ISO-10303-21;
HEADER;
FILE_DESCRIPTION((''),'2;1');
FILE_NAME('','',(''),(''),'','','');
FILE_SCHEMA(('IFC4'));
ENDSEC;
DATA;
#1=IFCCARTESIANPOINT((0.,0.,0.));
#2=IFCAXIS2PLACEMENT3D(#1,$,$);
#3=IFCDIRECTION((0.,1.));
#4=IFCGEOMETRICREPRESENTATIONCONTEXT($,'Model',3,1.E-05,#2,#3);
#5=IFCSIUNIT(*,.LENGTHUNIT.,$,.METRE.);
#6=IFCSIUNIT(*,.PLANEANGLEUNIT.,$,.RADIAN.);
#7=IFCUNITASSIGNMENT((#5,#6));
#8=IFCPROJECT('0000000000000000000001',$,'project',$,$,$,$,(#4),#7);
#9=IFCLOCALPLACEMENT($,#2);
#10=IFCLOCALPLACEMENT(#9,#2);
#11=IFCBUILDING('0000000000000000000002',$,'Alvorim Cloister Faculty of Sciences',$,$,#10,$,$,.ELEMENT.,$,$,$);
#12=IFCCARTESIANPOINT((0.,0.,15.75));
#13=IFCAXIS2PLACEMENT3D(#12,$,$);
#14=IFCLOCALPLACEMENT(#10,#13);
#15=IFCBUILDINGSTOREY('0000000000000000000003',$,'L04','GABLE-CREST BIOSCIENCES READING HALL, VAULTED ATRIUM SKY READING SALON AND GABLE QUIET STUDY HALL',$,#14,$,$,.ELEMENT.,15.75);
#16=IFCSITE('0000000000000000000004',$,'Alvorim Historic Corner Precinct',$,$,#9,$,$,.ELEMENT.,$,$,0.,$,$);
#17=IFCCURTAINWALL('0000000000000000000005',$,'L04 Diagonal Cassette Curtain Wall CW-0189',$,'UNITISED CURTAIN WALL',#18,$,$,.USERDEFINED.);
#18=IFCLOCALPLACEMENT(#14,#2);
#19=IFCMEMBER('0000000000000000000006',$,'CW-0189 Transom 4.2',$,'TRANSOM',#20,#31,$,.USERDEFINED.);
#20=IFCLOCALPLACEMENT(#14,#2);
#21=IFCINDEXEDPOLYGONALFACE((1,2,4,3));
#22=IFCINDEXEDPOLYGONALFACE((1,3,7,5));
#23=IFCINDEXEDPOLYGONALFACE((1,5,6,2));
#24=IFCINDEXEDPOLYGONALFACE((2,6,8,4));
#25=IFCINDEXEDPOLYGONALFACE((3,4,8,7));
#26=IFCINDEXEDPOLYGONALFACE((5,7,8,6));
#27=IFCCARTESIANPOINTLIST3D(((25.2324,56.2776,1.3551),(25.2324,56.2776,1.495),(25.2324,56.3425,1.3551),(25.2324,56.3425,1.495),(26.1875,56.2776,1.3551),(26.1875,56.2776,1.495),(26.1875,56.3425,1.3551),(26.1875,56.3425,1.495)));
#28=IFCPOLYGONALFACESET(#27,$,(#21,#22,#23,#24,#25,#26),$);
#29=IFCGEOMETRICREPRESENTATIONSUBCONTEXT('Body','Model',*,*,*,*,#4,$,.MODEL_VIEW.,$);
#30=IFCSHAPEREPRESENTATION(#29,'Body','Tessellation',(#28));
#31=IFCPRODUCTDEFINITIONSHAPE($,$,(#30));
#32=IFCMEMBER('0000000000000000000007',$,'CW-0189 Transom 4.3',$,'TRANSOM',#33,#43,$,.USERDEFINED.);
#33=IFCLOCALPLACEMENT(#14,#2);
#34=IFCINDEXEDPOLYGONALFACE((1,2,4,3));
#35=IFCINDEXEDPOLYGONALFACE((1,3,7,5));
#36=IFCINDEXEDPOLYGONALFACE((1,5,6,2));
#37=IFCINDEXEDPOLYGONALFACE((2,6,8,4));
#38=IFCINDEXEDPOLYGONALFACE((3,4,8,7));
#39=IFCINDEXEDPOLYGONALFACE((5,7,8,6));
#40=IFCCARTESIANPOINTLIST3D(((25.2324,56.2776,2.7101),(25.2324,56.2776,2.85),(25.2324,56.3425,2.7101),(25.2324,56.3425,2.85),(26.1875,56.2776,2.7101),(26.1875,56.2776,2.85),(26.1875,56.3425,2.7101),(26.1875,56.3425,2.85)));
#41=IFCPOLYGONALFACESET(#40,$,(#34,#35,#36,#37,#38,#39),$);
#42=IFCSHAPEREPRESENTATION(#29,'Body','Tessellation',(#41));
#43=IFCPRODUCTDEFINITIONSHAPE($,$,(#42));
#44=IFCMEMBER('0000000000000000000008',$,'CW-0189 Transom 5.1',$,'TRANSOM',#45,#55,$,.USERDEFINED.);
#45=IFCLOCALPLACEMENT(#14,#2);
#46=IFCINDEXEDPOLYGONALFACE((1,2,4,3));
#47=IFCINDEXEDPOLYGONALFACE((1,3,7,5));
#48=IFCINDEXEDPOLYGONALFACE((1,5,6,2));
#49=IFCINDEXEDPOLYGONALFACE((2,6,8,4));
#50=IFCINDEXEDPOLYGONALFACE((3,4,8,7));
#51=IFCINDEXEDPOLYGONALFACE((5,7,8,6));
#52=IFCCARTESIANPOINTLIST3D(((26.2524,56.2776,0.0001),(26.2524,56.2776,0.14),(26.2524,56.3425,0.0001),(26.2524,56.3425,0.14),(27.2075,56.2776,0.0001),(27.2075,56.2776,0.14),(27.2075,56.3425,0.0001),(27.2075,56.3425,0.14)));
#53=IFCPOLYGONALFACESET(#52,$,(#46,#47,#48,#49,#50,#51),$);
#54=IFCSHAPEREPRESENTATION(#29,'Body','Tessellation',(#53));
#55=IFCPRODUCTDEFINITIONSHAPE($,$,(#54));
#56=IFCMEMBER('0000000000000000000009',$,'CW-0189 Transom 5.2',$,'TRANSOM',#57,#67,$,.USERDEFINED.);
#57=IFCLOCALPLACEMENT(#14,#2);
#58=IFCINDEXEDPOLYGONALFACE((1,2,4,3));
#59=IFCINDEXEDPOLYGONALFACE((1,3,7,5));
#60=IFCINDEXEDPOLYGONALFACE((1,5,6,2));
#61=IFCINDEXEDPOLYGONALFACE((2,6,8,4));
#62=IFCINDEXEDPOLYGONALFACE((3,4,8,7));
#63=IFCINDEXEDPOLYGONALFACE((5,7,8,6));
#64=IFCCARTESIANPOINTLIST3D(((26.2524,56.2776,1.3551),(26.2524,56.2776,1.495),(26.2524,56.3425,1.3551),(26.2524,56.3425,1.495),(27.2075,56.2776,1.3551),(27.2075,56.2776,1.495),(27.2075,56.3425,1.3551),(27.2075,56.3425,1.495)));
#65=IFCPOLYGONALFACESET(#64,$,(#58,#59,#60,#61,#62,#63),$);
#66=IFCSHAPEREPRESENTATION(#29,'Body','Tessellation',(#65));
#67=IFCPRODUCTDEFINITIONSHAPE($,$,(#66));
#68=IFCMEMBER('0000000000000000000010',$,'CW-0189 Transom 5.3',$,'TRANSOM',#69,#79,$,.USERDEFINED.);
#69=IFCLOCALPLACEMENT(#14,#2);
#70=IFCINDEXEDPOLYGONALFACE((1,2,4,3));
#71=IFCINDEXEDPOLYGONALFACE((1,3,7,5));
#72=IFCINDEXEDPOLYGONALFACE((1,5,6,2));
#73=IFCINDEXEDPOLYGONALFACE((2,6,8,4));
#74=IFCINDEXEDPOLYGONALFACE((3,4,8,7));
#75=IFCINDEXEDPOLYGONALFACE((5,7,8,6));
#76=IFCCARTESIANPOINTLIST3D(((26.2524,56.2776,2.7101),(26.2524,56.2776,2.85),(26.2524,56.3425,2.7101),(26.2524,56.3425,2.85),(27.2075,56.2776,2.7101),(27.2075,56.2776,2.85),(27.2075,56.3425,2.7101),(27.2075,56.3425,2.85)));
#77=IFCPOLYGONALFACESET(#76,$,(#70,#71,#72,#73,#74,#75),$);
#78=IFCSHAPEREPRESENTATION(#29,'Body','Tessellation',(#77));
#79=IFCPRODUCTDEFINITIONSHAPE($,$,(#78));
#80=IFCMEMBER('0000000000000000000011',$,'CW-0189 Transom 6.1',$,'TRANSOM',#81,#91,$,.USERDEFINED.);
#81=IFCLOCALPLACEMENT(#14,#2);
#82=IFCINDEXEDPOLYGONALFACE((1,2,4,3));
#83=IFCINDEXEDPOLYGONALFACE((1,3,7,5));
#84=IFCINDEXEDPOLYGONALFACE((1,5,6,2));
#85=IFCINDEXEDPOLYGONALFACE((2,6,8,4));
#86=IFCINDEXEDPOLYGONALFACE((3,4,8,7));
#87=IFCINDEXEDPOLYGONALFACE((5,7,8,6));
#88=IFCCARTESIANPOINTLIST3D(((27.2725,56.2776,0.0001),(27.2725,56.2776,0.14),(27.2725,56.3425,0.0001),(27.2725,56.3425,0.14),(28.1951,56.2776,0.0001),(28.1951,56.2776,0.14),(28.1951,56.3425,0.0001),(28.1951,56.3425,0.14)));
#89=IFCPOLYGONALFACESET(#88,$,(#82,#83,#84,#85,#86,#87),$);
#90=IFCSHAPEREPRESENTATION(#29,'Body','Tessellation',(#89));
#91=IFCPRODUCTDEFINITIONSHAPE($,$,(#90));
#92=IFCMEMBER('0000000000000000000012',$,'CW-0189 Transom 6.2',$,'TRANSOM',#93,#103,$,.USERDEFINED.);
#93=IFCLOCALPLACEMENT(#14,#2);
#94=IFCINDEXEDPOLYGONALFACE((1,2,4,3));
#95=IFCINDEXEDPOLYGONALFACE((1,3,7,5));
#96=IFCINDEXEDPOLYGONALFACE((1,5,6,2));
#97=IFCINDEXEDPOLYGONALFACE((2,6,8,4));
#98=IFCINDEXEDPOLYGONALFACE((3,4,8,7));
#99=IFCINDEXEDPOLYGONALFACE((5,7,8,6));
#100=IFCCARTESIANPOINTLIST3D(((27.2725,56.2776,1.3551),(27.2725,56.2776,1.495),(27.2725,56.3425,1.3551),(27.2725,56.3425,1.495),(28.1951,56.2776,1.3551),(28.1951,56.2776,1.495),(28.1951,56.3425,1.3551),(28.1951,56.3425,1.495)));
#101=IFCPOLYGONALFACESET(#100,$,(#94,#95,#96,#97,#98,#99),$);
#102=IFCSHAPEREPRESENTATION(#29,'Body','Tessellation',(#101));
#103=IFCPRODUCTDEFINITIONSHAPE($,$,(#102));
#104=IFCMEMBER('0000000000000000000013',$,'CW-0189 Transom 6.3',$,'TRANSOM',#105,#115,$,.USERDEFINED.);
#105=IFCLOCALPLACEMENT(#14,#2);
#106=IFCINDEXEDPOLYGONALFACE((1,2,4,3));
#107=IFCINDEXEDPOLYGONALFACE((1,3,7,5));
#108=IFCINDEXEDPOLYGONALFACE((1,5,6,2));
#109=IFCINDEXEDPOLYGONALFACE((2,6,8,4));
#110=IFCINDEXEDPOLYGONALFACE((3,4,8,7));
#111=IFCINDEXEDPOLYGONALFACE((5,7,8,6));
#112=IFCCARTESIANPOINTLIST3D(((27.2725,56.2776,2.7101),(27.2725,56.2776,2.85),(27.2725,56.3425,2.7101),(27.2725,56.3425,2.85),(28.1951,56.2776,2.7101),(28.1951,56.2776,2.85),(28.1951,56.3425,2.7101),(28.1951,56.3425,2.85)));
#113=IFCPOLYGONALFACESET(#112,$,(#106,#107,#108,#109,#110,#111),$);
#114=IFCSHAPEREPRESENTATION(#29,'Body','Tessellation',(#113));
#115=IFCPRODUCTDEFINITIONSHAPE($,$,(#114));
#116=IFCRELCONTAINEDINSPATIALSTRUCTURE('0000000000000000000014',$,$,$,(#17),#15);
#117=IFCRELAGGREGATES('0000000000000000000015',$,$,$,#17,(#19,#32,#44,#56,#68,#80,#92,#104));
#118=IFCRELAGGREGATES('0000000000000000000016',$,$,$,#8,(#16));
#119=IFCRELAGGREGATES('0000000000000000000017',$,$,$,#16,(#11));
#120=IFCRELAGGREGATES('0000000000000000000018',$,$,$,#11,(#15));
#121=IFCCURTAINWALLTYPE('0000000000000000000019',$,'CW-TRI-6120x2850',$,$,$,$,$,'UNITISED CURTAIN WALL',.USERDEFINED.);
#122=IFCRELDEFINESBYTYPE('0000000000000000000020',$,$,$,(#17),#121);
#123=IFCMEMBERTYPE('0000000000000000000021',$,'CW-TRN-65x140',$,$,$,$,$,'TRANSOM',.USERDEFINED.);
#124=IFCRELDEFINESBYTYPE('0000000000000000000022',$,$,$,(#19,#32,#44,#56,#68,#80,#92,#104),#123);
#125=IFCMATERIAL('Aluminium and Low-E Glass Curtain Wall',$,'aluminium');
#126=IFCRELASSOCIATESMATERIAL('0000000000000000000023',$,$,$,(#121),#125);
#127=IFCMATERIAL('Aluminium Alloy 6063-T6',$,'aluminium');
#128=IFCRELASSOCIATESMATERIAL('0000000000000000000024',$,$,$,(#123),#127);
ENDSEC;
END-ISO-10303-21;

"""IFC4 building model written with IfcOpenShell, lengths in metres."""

from ifc_helpers import new_model, si_unit, direction, frame, origin, origin_2d, place, context, subcontext, project, spatial, rectangle, extrude, material, material_profile, profile_set, type_object, element, aggregate, save


model = new_model("IFC4")

# Units and contexts
model_context = context("Model", 3, precision=1e-05, world=origin(), true_north=direction((0.0, 1.0)))
body_context = subcontext(model_context, "Body", "Model", "MODEL_VIEW")
ifc_project = project(units=[si_unit("LENGTHUNIT", "METRE"), si_unit("PLANEANGLEUNIT", "RADIAN")], contexts=[model_context])

# Site, building, storey
site_placement = place(None, origin())
site = spatial("IfcSite", under=ifc_project, at=site_placement, Name="Alvorim Historic Corner Precinct", CompositionType="ELEMENT", RefElevation=0.0)
building_placement = place(site_placement, origin())
building = spatial("IfcBuilding", under=site, at=building_placement, Name="Alvorim Cloister Faculty of Sciences", CompositionType="ELEMENT")
storey_placement = place(building_placement, frame((0.0, 0.0, 15.75)))
storey = spatial("IfcBuildingStorey", under=building, at=storey_placement, Name="L04", Description="GABLE-CREST BIOSCIENCES READING HALL, VAULTED ATRIUM SKY READING SALON AND GABLE QUIET STUDY HALL", CompositionType="ELEMENT", Elevation=15.75)

# Curtain wall, members
ifc_material_1 = material(Name="Aluminium and Low-E Glass Curtain Wall", Category="aluminium")
curtain_wall_type = type_object("IfcCurtainWallType", Name="CW-TRI-6120x2850", ElementType="UNITISED CURTAIN WALL", PredefinedType="USERDEFINED", material=ifc_material_1)
curtain_wall_placement = place(storey_placement, origin())
curtain_wall = element("IfcCurtainWall", 1, at=curtain_wall_placement, inside=storey, type_object=curtain_wall_type, Name="L04 Diagonal Cassette Curtain Wall CW-0189", ObjectType="UNITISED CURTAIN WALL", PredefinedType="USERDEFINED")
ifc_material_2 = material(Name="Aluminium Alloy 6063-T6", Category="aluminium")
ifc_material_profile_1 = material_profile(ifc_material_2, rectangle(XDim=0.0649, YDim=0.1399, at=origin_2d()), Name="ALU-TRN-65x140")
ifc_profile_set_1 = profile_set([ifc_material_profile_1], Name="Aluminium Alloy 6063-T6")
member_type_1 = type_object("IfcMemberType", Name="CW-TRN-65x140", ElementType="TRANSOM", PredefinedType="USERDEFINED", material=ifc_profile_set_1)
member_1_placement = place(storey_placement, frame((25.2324, 56.3101, 1.425), z_axis=(1.0, 0.0, 0.0), x_axis=(0.0, 1.0, 0.0)))
member_1 = element("IfcMember", 2, at=member_1_placement, type_object=member_type_1, Name="CW-0189 Transom 4.2", ObjectType="TRANSOM", PredefinedType="USERDEFINED", context=body_context, shape_type="SweptSolid", body=[
    extrude(rectangle(XDim=0.0649, YDim=0.1399, at=origin_2d()), origin(), (0.0, 0.0, 1.0), 0.9551),
])
member_2_placement = place(storey_placement, frame((25.2324, 56.3101, 2.78), z_axis=(1.0, 0.0, 0.0), x_axis=(0.0, 1.0, 0.0)))
member_2 = element("IfcMember", 3, at=member_2_placement, type_object=member_type_1, Name="CW-0189 Transom 4.3", ObjectType="TRANSOM", PredefinedType="USERDEFINED", context=body_context, shape_type="SweptSolid", body=[
    extrude(rectangle(XDim=0.0649, YDim=0.1399, at=origin_2d()), origin(), (0.0, 0.0, 1.0), 0.9551),
])
member_3_placement = place(storey_placement, frame((26.2524, 56.3101, 0.0701), z_axis=(1.0, 0.0, 0.0), x_axis=(0.0, 1.0, 0.0)))
member_3 = element("IfcMember", 4, at=member_3_placement, type_object=member_type_1, Name="CW-0189 Transom 5.1", ObjectType="TRANSOM", PredefinedType="USERDEFINED", context=body_context, shape_type="SweptSolid", body=[
    extrude(rectangle(XDim=0.0649, YDim=0.1399, at=origin_2d()), origin(), (0.0, 0.0, 1.0), 0.9551),
])
member_4_placement = place(storey_placement, frame((26.2524, 56.3101, 1.425), z_axis=(1.0, 0.0, 0.0), x_axis=(0.0, 1.0, 0.0)))
member_4 = element("IfcMember", 5, at=member_4_placement, type_object=member_type_1, Name="CW-0189 Transom 5.2", ObjectType="TRANSOM", PredefinedType="USERDEFINED", context=body_context, shape_type="SweptSolid", body=[
    extrude(rectangle(XDim=0.0649, YDim=0.1399, at=origin_2d()), origin(), (0.0, 0.0, 1.0), 0.9551),
])
member_5_placement = place(storey_placement, frame((26.2524, 56.3101, 2.78), z_axis=(1.0, 0.0, 0.0), x_axis=(0.0, 1.0, 0.0)))
member_5 = element("IfcMember", 6, at=member_5_placement, type_object=member_type_1, Name="CW-0189 Transom 5.3", ObjectType="TRANSOM", PredefinedType="USERDEFINED", context=body_context, shape_type="SweptSolid", body=[
    extrude(rectangle(XDim=0.0649, YDim=0.1399, at=origin_2d()), origin(), (0.0, 0.0, 1.0), 0.9551),
])
member_6_placement = place(storey_placement, frame((27.2725, 56.3101, 0.0701), z_axis=(1.0, 0.0, 0.0), x_axis=(0.0, 1.0, 0.0)))
member_6 = element("IfcMember", 7, at=member_6_placement, type_object=member_type_1, Name="CW-0189 Transom 6.1", ObjectType="TRANSOM", PredefinedType="USERDEFINED", context=body_context, shape_type="SweptSolid", body=[
    extrude(rectangle(XDim=0.0649, YDim=0.1399, at=origin_2d()), origin(), (0.0, 0.0, 1.0), 0.9226),
])
member_7_placement = place(storey_placement, frame((27.2725, 56.3101, 1.425), z_axis=(1.0, 0.0, 0.0), x_axis=(0.0, 1.0, 0.0)))
member_7 = element("IfcMember", 8, at=member_7_placement, type_object=member_type_1, Name="CW-0189 Transom 6.2", ObjectType="TRANSOM", PredefinedType="USERDEFINED", context=body_context, shape_type="SweptSolid", body=[
    extrude(rectangle(XDim=0.0649, YDim=0.1399, at=origin_2d()), origin(), (0.0, 0.0, 1.0), 0.9226),
])
member_8_placement = place(storey_placement, frame((27.2725, 56.3101, 2.78), z_axis=(1.0, 0.0, 0.0), x_axis=(0.0, 1.0, 0.0)))
member_8 = element("IfcMember", 9, at=member_8_placement, type_object=member_type_1, Name="CW-0189 Transom 6.3", ObjectType="TRANSOM", PredefinedType="USERDEFINED", context=body_context, shape_type="SweptSolid", body=[
    extrude(rectangle(XDim=0.0649, YDim=0.1399, at=origin_2d()), origin(), (0.0, 0.0, 1.0), 0.9226),
])
aggregate(curtain_wall, [member_1, member_2, member_3, member_4, member_5, member_6, member_7, member_8])

save(model, "model.ifc")
